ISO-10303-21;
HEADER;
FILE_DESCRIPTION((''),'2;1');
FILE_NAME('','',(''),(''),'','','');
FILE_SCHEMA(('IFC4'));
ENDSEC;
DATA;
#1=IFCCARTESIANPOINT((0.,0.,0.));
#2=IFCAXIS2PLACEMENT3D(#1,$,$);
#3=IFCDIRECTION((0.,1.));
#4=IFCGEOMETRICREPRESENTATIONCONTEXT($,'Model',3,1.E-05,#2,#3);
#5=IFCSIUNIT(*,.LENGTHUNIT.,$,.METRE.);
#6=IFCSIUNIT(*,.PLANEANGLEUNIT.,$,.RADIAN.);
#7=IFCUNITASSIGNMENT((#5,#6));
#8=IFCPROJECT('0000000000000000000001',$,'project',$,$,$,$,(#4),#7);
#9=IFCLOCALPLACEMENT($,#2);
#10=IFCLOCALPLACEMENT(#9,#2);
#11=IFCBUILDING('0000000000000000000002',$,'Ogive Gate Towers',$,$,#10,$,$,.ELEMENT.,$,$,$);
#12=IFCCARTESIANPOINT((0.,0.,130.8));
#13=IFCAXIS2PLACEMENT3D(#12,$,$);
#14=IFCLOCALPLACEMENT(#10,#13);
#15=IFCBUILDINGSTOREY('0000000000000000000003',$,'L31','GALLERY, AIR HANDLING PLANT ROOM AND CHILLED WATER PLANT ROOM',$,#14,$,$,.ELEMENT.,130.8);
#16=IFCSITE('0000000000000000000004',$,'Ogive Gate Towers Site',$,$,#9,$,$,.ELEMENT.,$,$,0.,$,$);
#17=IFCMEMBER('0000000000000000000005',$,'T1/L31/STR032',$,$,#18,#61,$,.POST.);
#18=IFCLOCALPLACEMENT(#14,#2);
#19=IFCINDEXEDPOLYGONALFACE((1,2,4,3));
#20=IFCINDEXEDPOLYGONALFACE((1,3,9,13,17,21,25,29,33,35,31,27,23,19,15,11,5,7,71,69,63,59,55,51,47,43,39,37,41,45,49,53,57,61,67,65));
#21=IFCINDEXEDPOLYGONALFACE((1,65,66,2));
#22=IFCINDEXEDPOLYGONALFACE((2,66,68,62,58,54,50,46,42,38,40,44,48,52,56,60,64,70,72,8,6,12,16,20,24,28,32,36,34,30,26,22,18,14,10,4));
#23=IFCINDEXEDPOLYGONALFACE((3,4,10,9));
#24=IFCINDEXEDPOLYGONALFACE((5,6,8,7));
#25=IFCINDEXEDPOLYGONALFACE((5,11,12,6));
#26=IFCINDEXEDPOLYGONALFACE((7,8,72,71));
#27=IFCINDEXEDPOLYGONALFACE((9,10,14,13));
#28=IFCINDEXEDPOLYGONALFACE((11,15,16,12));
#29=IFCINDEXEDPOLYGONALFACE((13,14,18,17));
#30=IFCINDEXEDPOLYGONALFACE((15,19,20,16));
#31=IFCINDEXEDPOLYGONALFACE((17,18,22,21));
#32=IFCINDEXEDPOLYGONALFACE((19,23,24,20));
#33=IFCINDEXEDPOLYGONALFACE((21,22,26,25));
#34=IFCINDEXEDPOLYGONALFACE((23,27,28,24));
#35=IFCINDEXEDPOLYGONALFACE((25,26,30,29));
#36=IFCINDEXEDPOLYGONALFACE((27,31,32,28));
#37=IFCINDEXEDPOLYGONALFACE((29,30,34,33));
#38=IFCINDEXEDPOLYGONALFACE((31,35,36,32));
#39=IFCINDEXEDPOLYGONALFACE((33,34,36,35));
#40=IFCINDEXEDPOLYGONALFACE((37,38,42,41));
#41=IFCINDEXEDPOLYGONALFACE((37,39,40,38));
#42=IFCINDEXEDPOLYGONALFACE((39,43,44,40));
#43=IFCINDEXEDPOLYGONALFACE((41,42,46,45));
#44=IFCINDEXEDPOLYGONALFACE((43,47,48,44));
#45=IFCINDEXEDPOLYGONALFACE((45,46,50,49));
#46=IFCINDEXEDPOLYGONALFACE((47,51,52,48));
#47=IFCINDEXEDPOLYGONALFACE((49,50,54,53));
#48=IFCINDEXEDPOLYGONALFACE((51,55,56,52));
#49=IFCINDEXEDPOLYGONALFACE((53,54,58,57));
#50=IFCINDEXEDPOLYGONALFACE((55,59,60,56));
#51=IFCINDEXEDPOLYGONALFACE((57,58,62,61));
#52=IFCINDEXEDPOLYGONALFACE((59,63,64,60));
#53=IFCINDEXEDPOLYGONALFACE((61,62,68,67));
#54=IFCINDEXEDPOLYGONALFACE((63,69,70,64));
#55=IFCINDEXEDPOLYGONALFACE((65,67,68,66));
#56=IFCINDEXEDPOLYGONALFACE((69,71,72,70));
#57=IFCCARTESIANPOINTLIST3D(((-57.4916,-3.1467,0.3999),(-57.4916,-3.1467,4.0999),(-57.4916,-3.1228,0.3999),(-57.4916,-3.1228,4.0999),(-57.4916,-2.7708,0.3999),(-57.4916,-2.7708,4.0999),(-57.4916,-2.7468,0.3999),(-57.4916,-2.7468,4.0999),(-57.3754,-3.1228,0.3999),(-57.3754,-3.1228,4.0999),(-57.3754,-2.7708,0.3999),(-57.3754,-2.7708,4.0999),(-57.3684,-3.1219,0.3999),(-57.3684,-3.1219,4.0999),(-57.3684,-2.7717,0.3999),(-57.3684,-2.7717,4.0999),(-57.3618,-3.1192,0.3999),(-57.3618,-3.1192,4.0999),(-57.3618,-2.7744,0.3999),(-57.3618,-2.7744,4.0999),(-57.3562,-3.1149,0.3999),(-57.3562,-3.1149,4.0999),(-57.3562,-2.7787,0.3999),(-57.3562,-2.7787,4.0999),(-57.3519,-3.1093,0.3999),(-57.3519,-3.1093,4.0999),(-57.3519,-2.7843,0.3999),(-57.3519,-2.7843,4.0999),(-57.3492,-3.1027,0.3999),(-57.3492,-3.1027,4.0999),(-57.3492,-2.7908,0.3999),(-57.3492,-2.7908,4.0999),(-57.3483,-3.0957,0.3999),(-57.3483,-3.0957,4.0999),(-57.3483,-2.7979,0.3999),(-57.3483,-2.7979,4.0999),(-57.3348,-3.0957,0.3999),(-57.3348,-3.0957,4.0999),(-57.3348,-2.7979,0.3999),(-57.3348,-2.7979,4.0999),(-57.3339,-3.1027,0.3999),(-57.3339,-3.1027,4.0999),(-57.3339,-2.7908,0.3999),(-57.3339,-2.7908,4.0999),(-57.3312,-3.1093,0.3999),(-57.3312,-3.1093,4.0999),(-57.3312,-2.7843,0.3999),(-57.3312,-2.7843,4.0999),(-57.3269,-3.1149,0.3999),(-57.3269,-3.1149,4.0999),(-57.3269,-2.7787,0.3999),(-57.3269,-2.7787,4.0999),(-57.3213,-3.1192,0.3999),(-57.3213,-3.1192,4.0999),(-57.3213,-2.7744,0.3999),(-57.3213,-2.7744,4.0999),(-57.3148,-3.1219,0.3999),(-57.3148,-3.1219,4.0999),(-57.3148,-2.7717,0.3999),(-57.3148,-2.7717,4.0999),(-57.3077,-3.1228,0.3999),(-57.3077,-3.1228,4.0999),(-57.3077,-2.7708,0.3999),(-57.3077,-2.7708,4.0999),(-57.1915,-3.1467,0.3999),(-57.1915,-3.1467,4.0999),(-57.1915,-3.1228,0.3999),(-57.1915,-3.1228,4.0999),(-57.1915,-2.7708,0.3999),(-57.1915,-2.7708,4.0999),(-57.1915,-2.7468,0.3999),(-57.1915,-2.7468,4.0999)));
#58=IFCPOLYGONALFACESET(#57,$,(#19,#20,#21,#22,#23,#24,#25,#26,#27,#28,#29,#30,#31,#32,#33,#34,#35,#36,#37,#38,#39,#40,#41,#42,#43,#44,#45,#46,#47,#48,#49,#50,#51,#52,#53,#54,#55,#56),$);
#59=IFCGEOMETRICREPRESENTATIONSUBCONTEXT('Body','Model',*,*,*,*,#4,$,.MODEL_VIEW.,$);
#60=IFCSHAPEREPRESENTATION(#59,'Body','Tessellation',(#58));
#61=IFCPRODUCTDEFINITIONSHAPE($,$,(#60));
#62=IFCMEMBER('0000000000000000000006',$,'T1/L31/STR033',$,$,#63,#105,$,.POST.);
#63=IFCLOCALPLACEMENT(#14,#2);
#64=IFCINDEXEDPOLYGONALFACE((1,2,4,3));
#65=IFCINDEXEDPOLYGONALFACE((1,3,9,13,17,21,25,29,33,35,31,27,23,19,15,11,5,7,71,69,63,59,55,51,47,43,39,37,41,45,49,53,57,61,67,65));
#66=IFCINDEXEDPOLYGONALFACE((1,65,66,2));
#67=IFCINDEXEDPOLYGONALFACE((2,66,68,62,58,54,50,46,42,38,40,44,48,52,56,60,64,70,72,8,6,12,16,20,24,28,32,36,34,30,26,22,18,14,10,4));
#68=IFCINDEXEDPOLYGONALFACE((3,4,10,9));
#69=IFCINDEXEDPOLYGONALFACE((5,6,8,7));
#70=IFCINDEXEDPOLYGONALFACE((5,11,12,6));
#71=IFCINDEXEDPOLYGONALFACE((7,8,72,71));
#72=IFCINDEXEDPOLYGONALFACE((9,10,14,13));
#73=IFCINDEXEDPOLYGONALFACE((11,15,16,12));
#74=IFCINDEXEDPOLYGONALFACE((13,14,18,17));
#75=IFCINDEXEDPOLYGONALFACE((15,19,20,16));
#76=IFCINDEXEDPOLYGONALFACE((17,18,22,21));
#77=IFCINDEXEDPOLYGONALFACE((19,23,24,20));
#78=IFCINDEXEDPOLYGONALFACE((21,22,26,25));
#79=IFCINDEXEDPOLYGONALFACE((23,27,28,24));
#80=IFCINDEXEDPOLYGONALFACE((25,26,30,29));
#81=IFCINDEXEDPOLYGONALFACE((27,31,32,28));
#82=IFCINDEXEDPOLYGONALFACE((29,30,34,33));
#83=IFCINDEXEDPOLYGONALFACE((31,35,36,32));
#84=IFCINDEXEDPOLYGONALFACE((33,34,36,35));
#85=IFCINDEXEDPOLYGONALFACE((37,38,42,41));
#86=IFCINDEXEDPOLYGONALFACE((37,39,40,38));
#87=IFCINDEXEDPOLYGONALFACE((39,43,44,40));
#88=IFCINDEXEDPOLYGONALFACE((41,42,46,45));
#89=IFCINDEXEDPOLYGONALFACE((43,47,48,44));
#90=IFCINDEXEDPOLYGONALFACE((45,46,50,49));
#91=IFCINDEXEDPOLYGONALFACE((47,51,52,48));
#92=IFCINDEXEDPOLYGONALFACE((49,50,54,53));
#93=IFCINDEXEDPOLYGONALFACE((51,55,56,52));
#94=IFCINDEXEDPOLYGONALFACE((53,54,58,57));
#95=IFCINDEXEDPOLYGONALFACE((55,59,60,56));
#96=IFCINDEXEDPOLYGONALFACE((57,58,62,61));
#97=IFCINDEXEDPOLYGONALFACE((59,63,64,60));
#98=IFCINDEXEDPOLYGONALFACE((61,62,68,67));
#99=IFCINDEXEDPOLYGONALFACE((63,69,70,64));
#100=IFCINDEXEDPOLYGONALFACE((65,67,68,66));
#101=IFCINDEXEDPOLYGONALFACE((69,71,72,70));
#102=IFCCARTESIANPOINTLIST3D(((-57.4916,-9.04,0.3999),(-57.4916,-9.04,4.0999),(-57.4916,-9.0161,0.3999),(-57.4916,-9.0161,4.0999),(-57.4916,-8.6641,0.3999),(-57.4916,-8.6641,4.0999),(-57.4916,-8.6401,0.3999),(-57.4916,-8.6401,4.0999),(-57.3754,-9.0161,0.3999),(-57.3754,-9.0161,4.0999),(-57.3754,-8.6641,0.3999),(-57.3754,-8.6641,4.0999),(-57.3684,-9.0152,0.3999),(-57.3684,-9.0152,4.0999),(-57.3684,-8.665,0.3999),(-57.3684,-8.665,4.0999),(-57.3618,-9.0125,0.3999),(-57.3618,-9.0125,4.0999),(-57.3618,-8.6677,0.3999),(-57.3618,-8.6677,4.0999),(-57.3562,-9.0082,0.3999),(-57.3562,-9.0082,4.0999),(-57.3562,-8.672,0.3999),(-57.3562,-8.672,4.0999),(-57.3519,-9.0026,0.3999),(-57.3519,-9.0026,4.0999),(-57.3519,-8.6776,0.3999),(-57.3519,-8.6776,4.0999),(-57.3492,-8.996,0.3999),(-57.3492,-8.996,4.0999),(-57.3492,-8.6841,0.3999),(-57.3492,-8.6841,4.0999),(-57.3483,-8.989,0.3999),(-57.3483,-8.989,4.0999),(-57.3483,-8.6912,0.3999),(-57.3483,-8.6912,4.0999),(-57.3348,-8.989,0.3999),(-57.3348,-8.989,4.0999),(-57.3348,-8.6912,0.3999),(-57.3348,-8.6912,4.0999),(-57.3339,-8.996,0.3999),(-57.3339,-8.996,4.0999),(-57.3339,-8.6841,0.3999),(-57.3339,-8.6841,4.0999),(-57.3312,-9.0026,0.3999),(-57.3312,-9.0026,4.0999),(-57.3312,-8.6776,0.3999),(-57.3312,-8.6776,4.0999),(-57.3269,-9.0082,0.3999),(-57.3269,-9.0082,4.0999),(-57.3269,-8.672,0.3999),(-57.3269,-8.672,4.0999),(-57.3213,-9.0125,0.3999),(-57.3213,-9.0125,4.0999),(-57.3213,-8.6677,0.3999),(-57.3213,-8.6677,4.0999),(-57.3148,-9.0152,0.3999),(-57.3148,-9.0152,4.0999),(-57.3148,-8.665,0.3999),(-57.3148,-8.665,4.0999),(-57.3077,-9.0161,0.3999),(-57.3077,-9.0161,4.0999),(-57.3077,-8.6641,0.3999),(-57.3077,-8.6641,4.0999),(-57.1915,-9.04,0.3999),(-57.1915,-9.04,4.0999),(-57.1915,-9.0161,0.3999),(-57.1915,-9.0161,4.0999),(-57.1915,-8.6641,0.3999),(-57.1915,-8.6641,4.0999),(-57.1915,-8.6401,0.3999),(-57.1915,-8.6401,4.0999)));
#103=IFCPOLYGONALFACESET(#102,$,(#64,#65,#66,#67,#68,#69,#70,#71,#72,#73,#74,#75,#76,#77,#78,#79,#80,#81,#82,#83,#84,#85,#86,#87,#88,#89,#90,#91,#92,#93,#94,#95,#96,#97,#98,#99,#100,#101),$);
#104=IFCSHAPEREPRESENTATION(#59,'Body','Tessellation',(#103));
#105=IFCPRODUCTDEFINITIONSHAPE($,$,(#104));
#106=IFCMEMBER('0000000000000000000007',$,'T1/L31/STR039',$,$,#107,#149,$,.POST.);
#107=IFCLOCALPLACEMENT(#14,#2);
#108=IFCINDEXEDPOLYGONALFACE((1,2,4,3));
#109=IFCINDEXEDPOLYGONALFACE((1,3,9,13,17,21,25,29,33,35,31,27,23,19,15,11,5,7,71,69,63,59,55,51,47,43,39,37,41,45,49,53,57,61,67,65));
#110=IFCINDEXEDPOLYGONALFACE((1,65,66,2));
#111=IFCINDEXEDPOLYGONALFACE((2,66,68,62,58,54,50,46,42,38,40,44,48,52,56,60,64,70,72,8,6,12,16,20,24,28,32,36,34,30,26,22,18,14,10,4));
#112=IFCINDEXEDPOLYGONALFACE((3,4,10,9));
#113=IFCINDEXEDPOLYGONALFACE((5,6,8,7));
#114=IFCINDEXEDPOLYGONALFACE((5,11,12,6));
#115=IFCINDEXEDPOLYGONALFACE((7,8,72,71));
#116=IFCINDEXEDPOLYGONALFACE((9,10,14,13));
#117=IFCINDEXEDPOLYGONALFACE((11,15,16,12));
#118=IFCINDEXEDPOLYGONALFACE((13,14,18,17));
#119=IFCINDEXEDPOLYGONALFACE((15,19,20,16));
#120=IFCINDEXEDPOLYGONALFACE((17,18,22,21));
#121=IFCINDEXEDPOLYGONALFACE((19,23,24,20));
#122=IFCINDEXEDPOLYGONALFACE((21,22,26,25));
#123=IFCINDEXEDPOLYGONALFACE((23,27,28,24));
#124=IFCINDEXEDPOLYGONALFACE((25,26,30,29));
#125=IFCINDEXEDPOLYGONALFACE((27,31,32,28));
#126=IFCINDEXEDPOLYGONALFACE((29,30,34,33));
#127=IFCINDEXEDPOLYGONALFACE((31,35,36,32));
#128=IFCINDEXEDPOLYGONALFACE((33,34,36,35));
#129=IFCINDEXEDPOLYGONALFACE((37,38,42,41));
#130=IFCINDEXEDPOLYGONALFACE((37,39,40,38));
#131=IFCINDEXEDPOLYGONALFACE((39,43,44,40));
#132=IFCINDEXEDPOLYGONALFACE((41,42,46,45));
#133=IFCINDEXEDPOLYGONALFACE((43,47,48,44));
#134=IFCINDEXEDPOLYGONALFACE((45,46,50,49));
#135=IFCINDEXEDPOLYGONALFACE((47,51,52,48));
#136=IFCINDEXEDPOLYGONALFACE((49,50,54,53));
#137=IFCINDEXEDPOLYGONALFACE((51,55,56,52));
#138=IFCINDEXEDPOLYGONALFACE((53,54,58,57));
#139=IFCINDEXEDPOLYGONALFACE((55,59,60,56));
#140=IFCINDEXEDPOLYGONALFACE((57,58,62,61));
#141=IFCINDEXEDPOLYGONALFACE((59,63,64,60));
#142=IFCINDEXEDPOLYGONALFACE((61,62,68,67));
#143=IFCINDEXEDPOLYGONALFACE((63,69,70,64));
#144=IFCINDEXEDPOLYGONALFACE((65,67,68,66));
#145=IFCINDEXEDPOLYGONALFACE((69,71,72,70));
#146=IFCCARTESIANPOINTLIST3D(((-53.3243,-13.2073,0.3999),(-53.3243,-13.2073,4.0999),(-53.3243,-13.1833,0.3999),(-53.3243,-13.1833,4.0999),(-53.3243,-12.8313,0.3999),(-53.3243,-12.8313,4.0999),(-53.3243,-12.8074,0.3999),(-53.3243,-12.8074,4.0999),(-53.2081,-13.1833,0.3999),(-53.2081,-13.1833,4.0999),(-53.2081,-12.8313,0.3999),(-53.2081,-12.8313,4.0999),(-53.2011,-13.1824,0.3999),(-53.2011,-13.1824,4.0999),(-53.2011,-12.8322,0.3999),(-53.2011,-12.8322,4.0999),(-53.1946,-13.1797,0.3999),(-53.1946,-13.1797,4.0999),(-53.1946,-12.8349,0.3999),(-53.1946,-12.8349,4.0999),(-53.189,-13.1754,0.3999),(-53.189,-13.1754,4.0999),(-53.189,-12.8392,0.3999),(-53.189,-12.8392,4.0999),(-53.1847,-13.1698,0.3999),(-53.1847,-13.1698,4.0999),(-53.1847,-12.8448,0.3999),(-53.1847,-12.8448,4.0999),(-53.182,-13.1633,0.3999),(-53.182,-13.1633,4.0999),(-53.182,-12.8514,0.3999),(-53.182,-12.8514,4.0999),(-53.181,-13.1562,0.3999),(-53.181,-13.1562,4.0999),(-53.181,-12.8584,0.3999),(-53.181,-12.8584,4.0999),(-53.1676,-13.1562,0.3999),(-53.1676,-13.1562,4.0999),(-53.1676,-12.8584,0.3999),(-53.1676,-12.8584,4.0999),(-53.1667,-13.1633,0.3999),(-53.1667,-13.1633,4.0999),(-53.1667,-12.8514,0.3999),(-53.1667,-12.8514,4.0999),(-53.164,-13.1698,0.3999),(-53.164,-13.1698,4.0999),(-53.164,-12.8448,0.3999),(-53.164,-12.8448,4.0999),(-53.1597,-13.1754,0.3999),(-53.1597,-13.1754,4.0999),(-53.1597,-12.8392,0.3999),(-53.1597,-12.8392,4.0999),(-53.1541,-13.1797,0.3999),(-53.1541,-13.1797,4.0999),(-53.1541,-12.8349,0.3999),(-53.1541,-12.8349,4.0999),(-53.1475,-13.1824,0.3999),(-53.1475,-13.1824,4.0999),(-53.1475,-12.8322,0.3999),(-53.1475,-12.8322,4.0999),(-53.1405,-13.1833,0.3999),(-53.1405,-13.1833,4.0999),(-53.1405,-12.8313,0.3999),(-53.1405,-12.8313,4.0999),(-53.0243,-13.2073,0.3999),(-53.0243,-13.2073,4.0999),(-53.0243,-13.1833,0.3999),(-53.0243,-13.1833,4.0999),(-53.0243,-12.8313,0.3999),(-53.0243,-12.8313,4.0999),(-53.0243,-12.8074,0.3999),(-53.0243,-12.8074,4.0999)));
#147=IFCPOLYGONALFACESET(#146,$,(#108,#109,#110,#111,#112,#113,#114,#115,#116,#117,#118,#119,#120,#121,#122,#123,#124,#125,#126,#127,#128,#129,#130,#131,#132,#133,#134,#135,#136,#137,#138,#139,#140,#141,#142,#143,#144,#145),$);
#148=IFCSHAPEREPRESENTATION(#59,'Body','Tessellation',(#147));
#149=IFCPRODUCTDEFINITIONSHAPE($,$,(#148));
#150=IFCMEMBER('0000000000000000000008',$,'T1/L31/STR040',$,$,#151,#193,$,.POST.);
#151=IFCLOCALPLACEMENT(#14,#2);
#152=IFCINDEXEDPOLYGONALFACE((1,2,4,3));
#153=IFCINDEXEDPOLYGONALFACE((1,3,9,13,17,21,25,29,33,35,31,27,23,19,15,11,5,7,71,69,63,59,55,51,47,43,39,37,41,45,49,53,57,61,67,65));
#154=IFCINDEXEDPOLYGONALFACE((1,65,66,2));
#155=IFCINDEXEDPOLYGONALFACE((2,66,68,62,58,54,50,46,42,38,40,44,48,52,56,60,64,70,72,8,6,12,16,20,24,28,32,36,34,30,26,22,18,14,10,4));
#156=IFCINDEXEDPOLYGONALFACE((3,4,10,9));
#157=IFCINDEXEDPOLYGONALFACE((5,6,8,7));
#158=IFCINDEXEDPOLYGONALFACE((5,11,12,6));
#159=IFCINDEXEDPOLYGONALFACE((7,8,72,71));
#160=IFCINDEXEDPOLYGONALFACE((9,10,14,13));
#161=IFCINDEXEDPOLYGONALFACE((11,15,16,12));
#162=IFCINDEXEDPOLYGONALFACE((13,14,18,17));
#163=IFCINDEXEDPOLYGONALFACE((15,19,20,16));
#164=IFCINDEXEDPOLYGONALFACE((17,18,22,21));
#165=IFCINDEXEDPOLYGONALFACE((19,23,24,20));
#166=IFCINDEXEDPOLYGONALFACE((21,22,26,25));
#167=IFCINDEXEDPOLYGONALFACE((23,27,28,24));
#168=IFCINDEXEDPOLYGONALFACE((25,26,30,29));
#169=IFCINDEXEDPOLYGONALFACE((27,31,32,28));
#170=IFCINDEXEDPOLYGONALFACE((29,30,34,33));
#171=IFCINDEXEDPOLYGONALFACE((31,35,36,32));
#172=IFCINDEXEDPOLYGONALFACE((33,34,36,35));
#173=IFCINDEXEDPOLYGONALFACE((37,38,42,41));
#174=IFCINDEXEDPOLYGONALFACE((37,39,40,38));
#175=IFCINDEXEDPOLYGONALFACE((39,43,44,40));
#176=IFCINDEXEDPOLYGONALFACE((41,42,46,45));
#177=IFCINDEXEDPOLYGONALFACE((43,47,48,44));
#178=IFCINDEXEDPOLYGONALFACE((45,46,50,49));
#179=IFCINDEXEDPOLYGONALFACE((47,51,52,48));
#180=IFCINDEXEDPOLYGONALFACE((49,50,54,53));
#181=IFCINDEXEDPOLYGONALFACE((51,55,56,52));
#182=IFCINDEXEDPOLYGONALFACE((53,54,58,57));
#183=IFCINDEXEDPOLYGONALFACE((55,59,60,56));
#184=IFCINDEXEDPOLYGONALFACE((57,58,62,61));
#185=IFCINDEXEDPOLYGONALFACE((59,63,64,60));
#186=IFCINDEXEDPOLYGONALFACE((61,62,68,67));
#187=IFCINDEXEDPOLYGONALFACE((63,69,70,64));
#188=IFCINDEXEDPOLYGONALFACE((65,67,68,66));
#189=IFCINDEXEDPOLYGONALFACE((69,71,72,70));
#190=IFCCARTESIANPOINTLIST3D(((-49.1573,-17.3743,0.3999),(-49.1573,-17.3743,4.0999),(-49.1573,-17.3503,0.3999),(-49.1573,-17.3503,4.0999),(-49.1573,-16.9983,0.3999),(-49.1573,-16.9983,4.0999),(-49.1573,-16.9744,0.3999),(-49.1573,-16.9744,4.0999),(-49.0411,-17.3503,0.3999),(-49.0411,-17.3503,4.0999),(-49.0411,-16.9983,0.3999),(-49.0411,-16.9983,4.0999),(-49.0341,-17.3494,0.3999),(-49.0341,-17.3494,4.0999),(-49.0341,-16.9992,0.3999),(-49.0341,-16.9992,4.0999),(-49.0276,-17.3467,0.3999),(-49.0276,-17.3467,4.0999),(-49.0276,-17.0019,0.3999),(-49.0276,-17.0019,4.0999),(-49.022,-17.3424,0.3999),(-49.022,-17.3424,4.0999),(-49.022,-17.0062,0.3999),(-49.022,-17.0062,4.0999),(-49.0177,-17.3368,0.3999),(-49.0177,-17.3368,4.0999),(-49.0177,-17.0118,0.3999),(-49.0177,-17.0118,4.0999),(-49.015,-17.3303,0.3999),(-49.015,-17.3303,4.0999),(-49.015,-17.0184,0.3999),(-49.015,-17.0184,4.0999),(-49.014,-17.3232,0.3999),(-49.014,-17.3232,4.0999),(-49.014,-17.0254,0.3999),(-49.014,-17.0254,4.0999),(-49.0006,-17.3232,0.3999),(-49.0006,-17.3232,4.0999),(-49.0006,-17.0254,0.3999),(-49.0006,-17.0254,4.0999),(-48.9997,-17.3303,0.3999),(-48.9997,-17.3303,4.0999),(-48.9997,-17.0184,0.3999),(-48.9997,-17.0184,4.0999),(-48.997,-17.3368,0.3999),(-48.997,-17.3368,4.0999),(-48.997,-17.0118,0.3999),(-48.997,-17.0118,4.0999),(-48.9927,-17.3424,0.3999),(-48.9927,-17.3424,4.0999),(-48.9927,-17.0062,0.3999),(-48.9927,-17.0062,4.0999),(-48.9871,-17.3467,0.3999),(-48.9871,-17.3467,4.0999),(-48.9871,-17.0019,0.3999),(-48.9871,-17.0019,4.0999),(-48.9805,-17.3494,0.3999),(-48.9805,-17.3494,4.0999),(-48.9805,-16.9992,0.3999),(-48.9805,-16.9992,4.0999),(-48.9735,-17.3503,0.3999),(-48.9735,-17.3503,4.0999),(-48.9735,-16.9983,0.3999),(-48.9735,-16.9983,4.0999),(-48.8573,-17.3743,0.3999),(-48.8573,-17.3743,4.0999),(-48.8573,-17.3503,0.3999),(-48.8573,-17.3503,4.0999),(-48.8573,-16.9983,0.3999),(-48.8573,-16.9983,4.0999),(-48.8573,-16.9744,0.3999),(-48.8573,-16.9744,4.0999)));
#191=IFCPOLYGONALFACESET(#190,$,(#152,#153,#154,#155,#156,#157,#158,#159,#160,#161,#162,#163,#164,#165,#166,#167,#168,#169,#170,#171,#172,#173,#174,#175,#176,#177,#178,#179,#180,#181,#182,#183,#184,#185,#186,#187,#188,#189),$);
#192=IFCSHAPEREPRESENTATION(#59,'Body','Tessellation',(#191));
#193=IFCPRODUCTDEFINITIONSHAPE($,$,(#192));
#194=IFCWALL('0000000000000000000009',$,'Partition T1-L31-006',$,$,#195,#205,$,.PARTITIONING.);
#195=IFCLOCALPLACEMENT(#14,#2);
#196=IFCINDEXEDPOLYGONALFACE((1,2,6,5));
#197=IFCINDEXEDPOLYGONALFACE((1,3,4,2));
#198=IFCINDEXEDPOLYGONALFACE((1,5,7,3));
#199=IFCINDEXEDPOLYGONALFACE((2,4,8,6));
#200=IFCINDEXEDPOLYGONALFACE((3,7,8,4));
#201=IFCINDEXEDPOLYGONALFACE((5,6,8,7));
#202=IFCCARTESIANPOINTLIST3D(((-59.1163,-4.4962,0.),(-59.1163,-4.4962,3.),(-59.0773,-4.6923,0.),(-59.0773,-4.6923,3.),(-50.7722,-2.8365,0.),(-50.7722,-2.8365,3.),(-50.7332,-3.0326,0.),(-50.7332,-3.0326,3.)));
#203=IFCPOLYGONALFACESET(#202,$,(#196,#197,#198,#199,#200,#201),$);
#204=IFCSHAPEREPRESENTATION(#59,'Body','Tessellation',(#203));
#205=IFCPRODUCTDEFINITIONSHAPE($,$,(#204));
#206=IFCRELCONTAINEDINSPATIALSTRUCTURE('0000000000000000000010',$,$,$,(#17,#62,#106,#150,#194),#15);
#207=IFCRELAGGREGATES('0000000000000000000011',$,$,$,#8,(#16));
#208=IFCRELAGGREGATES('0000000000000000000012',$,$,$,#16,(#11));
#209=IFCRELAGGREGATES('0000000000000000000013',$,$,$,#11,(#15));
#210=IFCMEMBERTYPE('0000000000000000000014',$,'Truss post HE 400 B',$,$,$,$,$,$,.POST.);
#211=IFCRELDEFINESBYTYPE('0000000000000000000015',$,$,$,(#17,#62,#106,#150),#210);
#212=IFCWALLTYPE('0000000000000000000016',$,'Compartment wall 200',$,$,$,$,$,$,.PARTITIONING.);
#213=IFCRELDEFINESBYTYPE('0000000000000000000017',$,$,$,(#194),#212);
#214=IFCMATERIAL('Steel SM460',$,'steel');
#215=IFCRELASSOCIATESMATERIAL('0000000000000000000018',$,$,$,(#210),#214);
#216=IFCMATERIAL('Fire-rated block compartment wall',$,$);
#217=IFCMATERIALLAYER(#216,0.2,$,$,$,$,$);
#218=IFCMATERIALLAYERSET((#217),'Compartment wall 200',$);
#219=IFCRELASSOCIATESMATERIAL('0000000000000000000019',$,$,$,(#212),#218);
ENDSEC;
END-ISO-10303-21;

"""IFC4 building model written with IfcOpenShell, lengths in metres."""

from ifc_helpers import new_model, si_unit, direction, frame, frame_2d, origin, origin_2d, place, context, subcontext, project, spatial, rectangle, i_section, extrude, material, layer, layer_set, material_profile, profile_set, type_object, element, save


model = new_model("IFC4")

# Units and contexts
model_context = context("Model", 3, precision=1e-05, world=origin(), true_north=direction((0.0, 1.0)))
body_context = subcontext(model_context, "Body", "Model", "MODEL_VIEW")
ifc_project = project(units=[si_unit("LENGTHUNIT", "METRE"), si_unit("PLANEANGLEUNIT", "RADIAN")], contexts=[model_context])

# Site, building, storey
site_placement = place(None, origin())
site = spatial("IfcSite", under=ifc_project, at=site_placement, Name="Ogive Gate Towers Site", CompositionType="ELEMENT", RefElevation=0.0)
building_placement = place(site_placement, origin())
building = spatial("IfcBuilding", under=site, at=building_placement, Name="Ogive Gate Towers", CompositionType="ELEMENT")
storey_placement = place(building_placement, frame((0.0, 0.0, 130.8)))
storey = spatial("IfcBuildingStorey", under=building, at=storey_placement, Name="L31", Description="GALLERY, AIR HANDLING PLANT ROOM AND CHILLED WATER PLANT ROOM", CompositionType="ELEMENT", Elevation=130.8)

# Shared definitions
ifc_material_1 = material(Name="Steel SM460", Category="steel")

# Members
ifc_material_profile_1 = material_profile(ifc_material_1, i_section(OverallWidth=0.3, OverallDepth=0.3999, WebThickness=0.0134, FlangeThickness=0.0239, FilletRadius=0.0271, at=origin_2d()), Name="HE 400 B")
ifc_profile_set_1 = profile_set([ifc_material_profile_1], Name="Steel SM460")
member_type_1 = type_object("IfcMemberType", Name="Truss post HE 400 B", PredefinedType="POST", material=ifc_profile_set_1)
for number, where, z_axis, x_axis, name in (
    (1, (-57.3416, -2.9468, 0.3999), (0.0, 0.0, 1.0), (1.0, 0.0, 0.0), "T1/L31/STR032"),
    (2, (-57.3416, -8.8401, 0.3999), (0.0, 0.0, 1.0), (1.0, 0.0, 0.0), "T1/L31/STR033"),
    (3, (-53.1743, -13.0073, 0.3999), (0.0, 0.0, 1.0), (1.0, 0.0, 0.0), "T1/L31/STR039"),
    (4, (-49.0073, -17.1743, 0.3999), (0.0, 0.0, 1.0), (1.0, 0.0, 0.0), "T1/L31/STR040"),
):
    element("IfcMember", number, at=place(storey_placement, frame(where, z_axis=z_axis, x_axis=x_axis)), inside=storey, type_object=member_type_1, Name=name, PredefinedType="POST", context=body_context, shape_type="SweptSolid", body=[
        extrude(i_section(OverallWidth=0.3, OverallDepth=0.3999, WebThickness=0.0134, FlangeThickness=0.0239, FilletRadius=0.0271, at=origin_2d()), origin(), (0.0, 0.0, 1.0), 3.7),
    ])

# Wall
ifc_material_2 = material(Name="Fire-rated block compartment wall")
ifc_layer_1 = layer(ifc_material_2, 0.2)
ifc_layer_set_1 = layer_set([ifc_layer_1], Name="Compartment wall 200")
wall_type_1 = type_object("IfcWallType", Name="Compartment wall 200", PredefinedType="PARTITIONING", material=ifc_layer_set_1)
wall_1_placement = place(storey_placement, frame((-59.0969, -4.5942, 0.0), z_axis=(0.0, 0.0, 1.0), x_axis=(0.980787, 0.195084, 0.0)))
element("IfcWall", 5, at=wall_1_placement, inside=storey, type_object=wall_type_1, Name="Partition T1-L31-006", PredefinedType="PARTITIONING", context=body_context, shape_type="SweptSolid", body=[
    extrude(rectangle(XDim=8.5076, YDim=0.2, at=frame_2d((4.2539, 0.0))), origin(), (0.0, 0.0, 1.0), 3.0),
])

save(model, "model.ifc")
